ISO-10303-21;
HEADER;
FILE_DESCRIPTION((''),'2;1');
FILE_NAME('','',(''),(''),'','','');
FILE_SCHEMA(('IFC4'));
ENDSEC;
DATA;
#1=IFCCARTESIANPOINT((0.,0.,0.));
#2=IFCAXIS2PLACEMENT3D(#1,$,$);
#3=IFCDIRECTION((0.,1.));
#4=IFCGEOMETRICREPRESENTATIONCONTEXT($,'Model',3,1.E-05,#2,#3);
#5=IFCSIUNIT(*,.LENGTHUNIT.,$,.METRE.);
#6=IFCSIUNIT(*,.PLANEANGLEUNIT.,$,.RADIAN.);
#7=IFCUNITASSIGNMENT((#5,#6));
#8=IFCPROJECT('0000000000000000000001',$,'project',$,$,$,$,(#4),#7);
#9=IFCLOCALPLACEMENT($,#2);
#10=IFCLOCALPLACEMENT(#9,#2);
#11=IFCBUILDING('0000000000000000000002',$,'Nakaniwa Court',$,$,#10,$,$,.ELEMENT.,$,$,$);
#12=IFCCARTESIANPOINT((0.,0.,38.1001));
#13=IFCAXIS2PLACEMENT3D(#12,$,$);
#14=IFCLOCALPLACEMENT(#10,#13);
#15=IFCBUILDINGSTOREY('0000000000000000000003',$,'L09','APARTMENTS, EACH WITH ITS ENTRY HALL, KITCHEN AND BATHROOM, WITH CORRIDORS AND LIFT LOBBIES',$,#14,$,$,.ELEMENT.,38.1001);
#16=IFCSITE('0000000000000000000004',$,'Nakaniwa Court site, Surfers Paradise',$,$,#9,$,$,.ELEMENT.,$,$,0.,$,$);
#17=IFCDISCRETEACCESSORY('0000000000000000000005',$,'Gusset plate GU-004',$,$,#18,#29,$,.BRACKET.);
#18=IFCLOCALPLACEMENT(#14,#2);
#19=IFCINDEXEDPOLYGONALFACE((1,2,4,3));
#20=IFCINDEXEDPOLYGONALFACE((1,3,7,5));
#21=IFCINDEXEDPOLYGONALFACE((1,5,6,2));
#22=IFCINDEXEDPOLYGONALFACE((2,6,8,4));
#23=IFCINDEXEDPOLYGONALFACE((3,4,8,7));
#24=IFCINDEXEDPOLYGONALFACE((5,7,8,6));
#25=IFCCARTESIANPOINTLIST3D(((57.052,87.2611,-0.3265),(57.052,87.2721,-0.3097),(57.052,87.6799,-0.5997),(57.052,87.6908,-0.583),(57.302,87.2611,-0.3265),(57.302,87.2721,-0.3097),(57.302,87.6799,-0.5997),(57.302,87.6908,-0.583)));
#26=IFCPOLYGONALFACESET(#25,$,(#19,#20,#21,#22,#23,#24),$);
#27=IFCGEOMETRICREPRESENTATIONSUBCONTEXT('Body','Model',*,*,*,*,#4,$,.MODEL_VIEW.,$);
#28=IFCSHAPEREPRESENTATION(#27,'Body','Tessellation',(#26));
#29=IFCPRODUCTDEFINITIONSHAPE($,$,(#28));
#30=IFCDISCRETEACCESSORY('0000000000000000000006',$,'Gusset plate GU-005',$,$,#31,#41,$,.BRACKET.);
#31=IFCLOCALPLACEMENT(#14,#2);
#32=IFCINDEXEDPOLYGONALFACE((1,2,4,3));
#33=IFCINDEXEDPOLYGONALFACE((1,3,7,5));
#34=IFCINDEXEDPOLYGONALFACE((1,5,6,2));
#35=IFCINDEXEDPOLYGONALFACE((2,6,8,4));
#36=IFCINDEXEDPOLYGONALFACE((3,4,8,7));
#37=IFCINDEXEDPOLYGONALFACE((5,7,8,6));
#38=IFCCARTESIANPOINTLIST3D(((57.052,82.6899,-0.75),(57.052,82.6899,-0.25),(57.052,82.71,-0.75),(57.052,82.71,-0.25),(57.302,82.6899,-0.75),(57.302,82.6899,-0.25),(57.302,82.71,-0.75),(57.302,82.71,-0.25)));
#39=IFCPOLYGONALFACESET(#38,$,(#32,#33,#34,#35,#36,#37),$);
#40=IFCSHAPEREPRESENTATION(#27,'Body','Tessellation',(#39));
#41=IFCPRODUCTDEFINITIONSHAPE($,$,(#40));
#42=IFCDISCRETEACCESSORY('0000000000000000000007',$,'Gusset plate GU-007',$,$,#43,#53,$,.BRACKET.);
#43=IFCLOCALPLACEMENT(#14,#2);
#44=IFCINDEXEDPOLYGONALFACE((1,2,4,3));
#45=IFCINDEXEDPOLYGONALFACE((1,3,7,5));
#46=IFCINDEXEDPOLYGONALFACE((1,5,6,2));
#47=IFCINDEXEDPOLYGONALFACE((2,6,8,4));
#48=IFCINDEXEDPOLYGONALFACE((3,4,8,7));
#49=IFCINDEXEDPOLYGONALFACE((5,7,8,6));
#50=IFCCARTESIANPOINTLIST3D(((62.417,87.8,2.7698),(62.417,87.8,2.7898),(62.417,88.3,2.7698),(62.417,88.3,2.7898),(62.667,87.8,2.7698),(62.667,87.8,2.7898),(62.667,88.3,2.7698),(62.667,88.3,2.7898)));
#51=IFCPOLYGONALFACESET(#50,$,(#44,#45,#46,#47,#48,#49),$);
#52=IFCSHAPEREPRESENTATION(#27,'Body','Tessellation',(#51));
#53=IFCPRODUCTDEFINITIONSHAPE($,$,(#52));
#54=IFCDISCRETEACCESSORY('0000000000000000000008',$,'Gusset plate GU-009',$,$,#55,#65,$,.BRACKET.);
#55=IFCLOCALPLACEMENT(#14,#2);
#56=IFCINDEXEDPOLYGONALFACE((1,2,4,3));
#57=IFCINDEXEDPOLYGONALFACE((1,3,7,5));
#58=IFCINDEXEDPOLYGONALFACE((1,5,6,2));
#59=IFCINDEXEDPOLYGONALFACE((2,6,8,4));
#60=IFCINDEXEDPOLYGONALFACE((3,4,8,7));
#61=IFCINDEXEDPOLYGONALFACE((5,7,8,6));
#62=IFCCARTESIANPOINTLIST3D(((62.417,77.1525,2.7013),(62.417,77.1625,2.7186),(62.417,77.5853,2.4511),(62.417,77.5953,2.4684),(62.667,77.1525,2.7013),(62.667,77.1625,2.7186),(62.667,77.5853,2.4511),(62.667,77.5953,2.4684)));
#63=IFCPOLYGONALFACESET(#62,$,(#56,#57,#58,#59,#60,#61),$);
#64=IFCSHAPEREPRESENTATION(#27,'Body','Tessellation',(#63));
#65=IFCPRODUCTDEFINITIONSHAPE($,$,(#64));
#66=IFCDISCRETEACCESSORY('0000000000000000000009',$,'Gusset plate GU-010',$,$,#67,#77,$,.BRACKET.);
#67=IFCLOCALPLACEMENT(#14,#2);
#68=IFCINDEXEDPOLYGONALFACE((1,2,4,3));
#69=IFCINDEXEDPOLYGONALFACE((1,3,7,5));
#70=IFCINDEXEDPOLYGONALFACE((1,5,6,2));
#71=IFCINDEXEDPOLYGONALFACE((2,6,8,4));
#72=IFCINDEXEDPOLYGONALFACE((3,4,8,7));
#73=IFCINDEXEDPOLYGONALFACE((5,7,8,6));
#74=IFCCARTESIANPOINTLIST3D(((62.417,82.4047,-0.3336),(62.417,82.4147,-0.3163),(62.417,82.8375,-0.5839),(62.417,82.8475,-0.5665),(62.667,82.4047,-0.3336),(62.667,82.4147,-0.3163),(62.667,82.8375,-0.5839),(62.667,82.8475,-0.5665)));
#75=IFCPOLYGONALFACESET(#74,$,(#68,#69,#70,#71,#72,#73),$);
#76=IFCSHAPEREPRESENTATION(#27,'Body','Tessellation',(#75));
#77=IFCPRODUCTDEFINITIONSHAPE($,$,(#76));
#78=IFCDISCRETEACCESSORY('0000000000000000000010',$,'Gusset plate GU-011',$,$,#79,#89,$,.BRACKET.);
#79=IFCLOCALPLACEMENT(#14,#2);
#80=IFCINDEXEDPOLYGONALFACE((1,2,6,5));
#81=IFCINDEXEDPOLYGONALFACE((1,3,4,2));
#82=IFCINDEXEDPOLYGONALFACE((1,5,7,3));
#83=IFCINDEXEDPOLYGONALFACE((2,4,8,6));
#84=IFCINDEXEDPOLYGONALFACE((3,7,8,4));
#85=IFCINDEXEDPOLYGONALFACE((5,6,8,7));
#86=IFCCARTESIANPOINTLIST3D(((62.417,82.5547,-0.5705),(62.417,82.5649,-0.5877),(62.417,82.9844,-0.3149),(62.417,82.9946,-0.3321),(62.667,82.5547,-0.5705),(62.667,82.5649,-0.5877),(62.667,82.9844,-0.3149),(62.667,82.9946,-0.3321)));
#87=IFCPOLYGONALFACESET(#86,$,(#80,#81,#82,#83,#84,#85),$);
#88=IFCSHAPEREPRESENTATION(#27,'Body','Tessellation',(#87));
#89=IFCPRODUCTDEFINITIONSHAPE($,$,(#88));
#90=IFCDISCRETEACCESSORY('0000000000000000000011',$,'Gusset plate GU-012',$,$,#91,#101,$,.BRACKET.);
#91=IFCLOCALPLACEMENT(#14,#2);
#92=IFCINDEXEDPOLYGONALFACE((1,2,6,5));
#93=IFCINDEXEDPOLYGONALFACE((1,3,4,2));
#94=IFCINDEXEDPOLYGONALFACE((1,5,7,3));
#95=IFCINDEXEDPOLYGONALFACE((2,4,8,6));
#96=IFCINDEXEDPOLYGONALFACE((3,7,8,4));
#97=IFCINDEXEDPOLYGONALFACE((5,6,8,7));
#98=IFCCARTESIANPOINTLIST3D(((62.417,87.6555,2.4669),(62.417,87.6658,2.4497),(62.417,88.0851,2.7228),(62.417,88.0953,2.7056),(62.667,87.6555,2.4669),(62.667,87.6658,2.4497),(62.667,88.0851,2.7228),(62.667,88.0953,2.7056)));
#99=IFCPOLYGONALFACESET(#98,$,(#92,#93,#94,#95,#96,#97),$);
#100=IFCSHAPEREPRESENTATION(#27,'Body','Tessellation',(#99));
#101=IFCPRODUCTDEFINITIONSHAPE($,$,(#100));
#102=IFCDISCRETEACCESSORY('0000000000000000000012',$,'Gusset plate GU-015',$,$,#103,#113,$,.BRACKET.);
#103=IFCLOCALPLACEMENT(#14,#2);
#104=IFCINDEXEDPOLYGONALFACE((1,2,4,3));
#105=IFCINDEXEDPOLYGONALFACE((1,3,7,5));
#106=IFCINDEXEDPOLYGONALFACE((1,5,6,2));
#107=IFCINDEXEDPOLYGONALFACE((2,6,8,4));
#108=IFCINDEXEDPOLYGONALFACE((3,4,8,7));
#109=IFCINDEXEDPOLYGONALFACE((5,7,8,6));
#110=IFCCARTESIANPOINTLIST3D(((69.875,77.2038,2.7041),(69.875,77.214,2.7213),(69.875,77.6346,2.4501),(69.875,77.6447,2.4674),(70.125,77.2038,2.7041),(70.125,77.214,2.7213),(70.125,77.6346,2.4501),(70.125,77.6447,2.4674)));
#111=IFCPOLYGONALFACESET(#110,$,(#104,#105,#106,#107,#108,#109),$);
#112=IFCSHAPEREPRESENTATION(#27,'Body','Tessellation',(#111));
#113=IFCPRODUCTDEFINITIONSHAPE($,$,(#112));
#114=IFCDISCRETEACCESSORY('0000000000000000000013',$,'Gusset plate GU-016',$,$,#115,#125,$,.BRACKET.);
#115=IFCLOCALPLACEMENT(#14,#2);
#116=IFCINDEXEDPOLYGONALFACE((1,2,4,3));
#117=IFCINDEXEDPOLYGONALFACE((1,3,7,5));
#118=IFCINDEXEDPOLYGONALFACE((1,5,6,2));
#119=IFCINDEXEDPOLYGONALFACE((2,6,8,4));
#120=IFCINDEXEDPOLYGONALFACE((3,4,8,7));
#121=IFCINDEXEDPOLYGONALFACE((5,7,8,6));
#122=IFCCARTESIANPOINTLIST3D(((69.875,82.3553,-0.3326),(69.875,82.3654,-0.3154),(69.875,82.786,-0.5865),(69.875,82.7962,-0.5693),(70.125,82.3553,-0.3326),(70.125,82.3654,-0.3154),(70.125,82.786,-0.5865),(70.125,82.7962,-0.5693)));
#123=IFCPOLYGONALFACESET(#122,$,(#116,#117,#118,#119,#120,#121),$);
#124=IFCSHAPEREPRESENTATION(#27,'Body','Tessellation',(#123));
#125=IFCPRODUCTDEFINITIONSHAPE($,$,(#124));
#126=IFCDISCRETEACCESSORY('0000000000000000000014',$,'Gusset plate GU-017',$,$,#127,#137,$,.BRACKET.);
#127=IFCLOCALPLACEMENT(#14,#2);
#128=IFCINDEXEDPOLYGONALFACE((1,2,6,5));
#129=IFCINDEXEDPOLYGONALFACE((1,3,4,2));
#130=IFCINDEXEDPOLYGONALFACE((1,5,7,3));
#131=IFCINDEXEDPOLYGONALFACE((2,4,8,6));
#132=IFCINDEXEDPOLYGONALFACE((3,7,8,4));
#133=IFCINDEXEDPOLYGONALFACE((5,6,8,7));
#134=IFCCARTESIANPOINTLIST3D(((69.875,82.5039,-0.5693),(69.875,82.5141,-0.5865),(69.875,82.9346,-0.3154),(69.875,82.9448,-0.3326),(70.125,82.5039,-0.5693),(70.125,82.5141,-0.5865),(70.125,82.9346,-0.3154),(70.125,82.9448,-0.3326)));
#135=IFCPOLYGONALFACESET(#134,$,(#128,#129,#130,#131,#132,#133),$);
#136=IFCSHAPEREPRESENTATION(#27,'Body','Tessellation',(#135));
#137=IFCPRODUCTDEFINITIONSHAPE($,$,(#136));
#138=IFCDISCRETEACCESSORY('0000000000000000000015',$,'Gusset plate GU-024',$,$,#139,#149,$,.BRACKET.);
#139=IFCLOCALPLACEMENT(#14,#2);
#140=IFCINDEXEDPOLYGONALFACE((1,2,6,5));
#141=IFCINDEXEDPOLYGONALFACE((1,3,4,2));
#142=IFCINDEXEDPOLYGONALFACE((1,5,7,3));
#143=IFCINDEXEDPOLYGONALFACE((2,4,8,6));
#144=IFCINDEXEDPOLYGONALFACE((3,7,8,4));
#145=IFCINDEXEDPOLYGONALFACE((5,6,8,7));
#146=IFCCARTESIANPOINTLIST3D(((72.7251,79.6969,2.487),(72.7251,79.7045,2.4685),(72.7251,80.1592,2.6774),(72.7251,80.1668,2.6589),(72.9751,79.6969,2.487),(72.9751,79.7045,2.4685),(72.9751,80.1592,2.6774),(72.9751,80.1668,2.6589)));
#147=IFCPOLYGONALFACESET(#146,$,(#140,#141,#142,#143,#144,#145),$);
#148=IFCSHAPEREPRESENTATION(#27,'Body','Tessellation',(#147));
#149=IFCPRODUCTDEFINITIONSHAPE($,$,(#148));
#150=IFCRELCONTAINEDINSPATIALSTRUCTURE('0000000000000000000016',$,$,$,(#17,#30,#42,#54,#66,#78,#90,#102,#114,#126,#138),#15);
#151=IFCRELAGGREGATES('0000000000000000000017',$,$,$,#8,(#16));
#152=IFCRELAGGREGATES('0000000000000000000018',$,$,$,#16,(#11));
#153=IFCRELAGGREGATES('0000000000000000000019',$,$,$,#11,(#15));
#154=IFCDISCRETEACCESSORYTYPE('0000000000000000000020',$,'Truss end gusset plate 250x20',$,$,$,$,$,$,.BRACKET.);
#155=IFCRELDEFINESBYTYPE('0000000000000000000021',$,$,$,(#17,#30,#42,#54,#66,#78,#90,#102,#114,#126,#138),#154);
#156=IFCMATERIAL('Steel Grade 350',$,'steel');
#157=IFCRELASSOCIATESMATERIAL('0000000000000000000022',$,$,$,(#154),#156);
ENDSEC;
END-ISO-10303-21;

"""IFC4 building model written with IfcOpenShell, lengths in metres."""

from ifc_helpers import new_model, si_unit, direction, frame, origin, origin_2d, place, context, subcontext, project, spatial, rectangle, extrude, material, material_profile, profile_set, type_object, element, save


model = new_model("IFC4")

# Units and contexts
model_context = context("Model", 3, precision=1e-05, world=origin(), true_north=direction((0.0, 1.0)))
body_context = subcontext(model_context, "Body", "Model", "MODEL_VIEW")
ifc_project = project(units=[si_unit("LENGTHUNIT", "METRE"), si_unit("PLANEANGLEUNIT", "RADIAN")], contexts=[model_context])

# Site, building, storey
site_placement = place(None, origin())
site = spatial("IfcSite", under=ifc_project, at=site_placement, Name="Nakaniwa Court site, Surfers Paradise", CompositionType="ELEMENT", RefElevation=0.0)
building_placement = place(site_placement, origin())
building = spatial("IfcBuilding", under=site, at=building_placement, Name="Nakaniwa Court", CompositionType="ELEMENT")
storey_placement = place(building_placement, frame((0.0, 0.0, 38.1001)))
storey = spatial("IfcBuildingStorey", under=building, at=storey_placement, Name="L09", Description="APARTMENTS, EACH WITH ITS ENTRY HALL, KITCHEN AND BATHROOM, WITH CORRIDORS AND LIFT LOBBIES", CompositionType="ELEMENT", Elevation=38.1001)

# Shared definitions
ifc_material_1 = material(Name="Steel Grade 350", Category="steel")

# Discrete accessories
ifc_material_profile_1 = material_profile(ifc_material_1, rectangle(XDim=0.25, YDim=0.02, at=origin_2d()), Name="Truss end gusset plate 250x20")
ifc_profile_set_1 = profile_set([ifc_material_profile_1], Name="Steel Grade 350")
discrete_accessory_type = type_object("IfcDiscreteAccessoryType", Name="Truss end gusset plate 250x20", PredefinedType="BRACKET", material=ifc_profile_set_1)
for number, where, z_axis, x_axis, name in (
    (1, (57.177, 87.2666, -0.3181), (0.0, 0.837494, -0.546447), (-1.0, 0.0, 0.0), "Gusset plate GU-004"),
    (2, (57.177, 82.7, -0.25), (0.0, 0.0, -1.0), (1.0, 0.0, 0.0), "Gusset plate GU-005"),
    (3, (62.542, 87.8, 2.7798), (0.0, 1.0, 0.0), (-1.0, 0.0, 0.0), "Gusset plate GU-007"),
    (4, (62.542, 77.5903, 2.4597), (0.0, -0.865738, 0.500497), (1.0, 0.0, 0.0), "Gusset plate GU-009"),
    (5, (62.542, 82.4097, -0.325), (0.0, 0.865738, -0.500497), (-1.0, 0.0, 0.0), "Gusset plate GU-010"),
    (6, (62.542, 82.9895, -0.3235), (0.0, -0.859426, -0.511261), (1.0, 0.0, 0.0), "Gusset plate GU-011"),
    (7, (62.542, 87.6606, 2.4583), (0.0, 0.859083, 0.511836), (-1.0, 0.0, 0.0), "Gusset plate GU-012"),
    (8, (70.0, 77.6396, 2.4587), (0.0, -0.861432, 0.507874), (1.0, 0.0, 0.0), "Gusset plate GU-015"),
    (9, (70.0, 82.3604, -0.324), (0.0, 0.861432, -0.507874), (-1.0, 0.0, 0.0), "Gusset plate GU-016"),
    (10, (70.0, 82.9397, -0.324), (0.0, -0.861432, -0.507874), (1.0, 0.0, 0.0), "Gusset plate GU-017"),
    (11, (72.8501, 79.7007, 2.4778), (0.0, 0.924658, 0.380799), (-1.0, 0.0, 0.0), "Gusset plate GU-024"),
):
    element("IfcDiscreteAccessory", number, at=place(storey_placement, frame(where, z_axis=z_axis, x_axis=x_axis)), inside=storey, type_object=discrete_accessory_type, Name=name, PredefinedType="BRACKET", context=body_context, shape_type="SweptSolid", body=[
        extrude(rectangle(XDim=0.25, YDim=0.02, at=origin_2d()), origin(), (0.0, 0.0, 1.0), 0.5),
    ])

save(model, "model.ifc")
